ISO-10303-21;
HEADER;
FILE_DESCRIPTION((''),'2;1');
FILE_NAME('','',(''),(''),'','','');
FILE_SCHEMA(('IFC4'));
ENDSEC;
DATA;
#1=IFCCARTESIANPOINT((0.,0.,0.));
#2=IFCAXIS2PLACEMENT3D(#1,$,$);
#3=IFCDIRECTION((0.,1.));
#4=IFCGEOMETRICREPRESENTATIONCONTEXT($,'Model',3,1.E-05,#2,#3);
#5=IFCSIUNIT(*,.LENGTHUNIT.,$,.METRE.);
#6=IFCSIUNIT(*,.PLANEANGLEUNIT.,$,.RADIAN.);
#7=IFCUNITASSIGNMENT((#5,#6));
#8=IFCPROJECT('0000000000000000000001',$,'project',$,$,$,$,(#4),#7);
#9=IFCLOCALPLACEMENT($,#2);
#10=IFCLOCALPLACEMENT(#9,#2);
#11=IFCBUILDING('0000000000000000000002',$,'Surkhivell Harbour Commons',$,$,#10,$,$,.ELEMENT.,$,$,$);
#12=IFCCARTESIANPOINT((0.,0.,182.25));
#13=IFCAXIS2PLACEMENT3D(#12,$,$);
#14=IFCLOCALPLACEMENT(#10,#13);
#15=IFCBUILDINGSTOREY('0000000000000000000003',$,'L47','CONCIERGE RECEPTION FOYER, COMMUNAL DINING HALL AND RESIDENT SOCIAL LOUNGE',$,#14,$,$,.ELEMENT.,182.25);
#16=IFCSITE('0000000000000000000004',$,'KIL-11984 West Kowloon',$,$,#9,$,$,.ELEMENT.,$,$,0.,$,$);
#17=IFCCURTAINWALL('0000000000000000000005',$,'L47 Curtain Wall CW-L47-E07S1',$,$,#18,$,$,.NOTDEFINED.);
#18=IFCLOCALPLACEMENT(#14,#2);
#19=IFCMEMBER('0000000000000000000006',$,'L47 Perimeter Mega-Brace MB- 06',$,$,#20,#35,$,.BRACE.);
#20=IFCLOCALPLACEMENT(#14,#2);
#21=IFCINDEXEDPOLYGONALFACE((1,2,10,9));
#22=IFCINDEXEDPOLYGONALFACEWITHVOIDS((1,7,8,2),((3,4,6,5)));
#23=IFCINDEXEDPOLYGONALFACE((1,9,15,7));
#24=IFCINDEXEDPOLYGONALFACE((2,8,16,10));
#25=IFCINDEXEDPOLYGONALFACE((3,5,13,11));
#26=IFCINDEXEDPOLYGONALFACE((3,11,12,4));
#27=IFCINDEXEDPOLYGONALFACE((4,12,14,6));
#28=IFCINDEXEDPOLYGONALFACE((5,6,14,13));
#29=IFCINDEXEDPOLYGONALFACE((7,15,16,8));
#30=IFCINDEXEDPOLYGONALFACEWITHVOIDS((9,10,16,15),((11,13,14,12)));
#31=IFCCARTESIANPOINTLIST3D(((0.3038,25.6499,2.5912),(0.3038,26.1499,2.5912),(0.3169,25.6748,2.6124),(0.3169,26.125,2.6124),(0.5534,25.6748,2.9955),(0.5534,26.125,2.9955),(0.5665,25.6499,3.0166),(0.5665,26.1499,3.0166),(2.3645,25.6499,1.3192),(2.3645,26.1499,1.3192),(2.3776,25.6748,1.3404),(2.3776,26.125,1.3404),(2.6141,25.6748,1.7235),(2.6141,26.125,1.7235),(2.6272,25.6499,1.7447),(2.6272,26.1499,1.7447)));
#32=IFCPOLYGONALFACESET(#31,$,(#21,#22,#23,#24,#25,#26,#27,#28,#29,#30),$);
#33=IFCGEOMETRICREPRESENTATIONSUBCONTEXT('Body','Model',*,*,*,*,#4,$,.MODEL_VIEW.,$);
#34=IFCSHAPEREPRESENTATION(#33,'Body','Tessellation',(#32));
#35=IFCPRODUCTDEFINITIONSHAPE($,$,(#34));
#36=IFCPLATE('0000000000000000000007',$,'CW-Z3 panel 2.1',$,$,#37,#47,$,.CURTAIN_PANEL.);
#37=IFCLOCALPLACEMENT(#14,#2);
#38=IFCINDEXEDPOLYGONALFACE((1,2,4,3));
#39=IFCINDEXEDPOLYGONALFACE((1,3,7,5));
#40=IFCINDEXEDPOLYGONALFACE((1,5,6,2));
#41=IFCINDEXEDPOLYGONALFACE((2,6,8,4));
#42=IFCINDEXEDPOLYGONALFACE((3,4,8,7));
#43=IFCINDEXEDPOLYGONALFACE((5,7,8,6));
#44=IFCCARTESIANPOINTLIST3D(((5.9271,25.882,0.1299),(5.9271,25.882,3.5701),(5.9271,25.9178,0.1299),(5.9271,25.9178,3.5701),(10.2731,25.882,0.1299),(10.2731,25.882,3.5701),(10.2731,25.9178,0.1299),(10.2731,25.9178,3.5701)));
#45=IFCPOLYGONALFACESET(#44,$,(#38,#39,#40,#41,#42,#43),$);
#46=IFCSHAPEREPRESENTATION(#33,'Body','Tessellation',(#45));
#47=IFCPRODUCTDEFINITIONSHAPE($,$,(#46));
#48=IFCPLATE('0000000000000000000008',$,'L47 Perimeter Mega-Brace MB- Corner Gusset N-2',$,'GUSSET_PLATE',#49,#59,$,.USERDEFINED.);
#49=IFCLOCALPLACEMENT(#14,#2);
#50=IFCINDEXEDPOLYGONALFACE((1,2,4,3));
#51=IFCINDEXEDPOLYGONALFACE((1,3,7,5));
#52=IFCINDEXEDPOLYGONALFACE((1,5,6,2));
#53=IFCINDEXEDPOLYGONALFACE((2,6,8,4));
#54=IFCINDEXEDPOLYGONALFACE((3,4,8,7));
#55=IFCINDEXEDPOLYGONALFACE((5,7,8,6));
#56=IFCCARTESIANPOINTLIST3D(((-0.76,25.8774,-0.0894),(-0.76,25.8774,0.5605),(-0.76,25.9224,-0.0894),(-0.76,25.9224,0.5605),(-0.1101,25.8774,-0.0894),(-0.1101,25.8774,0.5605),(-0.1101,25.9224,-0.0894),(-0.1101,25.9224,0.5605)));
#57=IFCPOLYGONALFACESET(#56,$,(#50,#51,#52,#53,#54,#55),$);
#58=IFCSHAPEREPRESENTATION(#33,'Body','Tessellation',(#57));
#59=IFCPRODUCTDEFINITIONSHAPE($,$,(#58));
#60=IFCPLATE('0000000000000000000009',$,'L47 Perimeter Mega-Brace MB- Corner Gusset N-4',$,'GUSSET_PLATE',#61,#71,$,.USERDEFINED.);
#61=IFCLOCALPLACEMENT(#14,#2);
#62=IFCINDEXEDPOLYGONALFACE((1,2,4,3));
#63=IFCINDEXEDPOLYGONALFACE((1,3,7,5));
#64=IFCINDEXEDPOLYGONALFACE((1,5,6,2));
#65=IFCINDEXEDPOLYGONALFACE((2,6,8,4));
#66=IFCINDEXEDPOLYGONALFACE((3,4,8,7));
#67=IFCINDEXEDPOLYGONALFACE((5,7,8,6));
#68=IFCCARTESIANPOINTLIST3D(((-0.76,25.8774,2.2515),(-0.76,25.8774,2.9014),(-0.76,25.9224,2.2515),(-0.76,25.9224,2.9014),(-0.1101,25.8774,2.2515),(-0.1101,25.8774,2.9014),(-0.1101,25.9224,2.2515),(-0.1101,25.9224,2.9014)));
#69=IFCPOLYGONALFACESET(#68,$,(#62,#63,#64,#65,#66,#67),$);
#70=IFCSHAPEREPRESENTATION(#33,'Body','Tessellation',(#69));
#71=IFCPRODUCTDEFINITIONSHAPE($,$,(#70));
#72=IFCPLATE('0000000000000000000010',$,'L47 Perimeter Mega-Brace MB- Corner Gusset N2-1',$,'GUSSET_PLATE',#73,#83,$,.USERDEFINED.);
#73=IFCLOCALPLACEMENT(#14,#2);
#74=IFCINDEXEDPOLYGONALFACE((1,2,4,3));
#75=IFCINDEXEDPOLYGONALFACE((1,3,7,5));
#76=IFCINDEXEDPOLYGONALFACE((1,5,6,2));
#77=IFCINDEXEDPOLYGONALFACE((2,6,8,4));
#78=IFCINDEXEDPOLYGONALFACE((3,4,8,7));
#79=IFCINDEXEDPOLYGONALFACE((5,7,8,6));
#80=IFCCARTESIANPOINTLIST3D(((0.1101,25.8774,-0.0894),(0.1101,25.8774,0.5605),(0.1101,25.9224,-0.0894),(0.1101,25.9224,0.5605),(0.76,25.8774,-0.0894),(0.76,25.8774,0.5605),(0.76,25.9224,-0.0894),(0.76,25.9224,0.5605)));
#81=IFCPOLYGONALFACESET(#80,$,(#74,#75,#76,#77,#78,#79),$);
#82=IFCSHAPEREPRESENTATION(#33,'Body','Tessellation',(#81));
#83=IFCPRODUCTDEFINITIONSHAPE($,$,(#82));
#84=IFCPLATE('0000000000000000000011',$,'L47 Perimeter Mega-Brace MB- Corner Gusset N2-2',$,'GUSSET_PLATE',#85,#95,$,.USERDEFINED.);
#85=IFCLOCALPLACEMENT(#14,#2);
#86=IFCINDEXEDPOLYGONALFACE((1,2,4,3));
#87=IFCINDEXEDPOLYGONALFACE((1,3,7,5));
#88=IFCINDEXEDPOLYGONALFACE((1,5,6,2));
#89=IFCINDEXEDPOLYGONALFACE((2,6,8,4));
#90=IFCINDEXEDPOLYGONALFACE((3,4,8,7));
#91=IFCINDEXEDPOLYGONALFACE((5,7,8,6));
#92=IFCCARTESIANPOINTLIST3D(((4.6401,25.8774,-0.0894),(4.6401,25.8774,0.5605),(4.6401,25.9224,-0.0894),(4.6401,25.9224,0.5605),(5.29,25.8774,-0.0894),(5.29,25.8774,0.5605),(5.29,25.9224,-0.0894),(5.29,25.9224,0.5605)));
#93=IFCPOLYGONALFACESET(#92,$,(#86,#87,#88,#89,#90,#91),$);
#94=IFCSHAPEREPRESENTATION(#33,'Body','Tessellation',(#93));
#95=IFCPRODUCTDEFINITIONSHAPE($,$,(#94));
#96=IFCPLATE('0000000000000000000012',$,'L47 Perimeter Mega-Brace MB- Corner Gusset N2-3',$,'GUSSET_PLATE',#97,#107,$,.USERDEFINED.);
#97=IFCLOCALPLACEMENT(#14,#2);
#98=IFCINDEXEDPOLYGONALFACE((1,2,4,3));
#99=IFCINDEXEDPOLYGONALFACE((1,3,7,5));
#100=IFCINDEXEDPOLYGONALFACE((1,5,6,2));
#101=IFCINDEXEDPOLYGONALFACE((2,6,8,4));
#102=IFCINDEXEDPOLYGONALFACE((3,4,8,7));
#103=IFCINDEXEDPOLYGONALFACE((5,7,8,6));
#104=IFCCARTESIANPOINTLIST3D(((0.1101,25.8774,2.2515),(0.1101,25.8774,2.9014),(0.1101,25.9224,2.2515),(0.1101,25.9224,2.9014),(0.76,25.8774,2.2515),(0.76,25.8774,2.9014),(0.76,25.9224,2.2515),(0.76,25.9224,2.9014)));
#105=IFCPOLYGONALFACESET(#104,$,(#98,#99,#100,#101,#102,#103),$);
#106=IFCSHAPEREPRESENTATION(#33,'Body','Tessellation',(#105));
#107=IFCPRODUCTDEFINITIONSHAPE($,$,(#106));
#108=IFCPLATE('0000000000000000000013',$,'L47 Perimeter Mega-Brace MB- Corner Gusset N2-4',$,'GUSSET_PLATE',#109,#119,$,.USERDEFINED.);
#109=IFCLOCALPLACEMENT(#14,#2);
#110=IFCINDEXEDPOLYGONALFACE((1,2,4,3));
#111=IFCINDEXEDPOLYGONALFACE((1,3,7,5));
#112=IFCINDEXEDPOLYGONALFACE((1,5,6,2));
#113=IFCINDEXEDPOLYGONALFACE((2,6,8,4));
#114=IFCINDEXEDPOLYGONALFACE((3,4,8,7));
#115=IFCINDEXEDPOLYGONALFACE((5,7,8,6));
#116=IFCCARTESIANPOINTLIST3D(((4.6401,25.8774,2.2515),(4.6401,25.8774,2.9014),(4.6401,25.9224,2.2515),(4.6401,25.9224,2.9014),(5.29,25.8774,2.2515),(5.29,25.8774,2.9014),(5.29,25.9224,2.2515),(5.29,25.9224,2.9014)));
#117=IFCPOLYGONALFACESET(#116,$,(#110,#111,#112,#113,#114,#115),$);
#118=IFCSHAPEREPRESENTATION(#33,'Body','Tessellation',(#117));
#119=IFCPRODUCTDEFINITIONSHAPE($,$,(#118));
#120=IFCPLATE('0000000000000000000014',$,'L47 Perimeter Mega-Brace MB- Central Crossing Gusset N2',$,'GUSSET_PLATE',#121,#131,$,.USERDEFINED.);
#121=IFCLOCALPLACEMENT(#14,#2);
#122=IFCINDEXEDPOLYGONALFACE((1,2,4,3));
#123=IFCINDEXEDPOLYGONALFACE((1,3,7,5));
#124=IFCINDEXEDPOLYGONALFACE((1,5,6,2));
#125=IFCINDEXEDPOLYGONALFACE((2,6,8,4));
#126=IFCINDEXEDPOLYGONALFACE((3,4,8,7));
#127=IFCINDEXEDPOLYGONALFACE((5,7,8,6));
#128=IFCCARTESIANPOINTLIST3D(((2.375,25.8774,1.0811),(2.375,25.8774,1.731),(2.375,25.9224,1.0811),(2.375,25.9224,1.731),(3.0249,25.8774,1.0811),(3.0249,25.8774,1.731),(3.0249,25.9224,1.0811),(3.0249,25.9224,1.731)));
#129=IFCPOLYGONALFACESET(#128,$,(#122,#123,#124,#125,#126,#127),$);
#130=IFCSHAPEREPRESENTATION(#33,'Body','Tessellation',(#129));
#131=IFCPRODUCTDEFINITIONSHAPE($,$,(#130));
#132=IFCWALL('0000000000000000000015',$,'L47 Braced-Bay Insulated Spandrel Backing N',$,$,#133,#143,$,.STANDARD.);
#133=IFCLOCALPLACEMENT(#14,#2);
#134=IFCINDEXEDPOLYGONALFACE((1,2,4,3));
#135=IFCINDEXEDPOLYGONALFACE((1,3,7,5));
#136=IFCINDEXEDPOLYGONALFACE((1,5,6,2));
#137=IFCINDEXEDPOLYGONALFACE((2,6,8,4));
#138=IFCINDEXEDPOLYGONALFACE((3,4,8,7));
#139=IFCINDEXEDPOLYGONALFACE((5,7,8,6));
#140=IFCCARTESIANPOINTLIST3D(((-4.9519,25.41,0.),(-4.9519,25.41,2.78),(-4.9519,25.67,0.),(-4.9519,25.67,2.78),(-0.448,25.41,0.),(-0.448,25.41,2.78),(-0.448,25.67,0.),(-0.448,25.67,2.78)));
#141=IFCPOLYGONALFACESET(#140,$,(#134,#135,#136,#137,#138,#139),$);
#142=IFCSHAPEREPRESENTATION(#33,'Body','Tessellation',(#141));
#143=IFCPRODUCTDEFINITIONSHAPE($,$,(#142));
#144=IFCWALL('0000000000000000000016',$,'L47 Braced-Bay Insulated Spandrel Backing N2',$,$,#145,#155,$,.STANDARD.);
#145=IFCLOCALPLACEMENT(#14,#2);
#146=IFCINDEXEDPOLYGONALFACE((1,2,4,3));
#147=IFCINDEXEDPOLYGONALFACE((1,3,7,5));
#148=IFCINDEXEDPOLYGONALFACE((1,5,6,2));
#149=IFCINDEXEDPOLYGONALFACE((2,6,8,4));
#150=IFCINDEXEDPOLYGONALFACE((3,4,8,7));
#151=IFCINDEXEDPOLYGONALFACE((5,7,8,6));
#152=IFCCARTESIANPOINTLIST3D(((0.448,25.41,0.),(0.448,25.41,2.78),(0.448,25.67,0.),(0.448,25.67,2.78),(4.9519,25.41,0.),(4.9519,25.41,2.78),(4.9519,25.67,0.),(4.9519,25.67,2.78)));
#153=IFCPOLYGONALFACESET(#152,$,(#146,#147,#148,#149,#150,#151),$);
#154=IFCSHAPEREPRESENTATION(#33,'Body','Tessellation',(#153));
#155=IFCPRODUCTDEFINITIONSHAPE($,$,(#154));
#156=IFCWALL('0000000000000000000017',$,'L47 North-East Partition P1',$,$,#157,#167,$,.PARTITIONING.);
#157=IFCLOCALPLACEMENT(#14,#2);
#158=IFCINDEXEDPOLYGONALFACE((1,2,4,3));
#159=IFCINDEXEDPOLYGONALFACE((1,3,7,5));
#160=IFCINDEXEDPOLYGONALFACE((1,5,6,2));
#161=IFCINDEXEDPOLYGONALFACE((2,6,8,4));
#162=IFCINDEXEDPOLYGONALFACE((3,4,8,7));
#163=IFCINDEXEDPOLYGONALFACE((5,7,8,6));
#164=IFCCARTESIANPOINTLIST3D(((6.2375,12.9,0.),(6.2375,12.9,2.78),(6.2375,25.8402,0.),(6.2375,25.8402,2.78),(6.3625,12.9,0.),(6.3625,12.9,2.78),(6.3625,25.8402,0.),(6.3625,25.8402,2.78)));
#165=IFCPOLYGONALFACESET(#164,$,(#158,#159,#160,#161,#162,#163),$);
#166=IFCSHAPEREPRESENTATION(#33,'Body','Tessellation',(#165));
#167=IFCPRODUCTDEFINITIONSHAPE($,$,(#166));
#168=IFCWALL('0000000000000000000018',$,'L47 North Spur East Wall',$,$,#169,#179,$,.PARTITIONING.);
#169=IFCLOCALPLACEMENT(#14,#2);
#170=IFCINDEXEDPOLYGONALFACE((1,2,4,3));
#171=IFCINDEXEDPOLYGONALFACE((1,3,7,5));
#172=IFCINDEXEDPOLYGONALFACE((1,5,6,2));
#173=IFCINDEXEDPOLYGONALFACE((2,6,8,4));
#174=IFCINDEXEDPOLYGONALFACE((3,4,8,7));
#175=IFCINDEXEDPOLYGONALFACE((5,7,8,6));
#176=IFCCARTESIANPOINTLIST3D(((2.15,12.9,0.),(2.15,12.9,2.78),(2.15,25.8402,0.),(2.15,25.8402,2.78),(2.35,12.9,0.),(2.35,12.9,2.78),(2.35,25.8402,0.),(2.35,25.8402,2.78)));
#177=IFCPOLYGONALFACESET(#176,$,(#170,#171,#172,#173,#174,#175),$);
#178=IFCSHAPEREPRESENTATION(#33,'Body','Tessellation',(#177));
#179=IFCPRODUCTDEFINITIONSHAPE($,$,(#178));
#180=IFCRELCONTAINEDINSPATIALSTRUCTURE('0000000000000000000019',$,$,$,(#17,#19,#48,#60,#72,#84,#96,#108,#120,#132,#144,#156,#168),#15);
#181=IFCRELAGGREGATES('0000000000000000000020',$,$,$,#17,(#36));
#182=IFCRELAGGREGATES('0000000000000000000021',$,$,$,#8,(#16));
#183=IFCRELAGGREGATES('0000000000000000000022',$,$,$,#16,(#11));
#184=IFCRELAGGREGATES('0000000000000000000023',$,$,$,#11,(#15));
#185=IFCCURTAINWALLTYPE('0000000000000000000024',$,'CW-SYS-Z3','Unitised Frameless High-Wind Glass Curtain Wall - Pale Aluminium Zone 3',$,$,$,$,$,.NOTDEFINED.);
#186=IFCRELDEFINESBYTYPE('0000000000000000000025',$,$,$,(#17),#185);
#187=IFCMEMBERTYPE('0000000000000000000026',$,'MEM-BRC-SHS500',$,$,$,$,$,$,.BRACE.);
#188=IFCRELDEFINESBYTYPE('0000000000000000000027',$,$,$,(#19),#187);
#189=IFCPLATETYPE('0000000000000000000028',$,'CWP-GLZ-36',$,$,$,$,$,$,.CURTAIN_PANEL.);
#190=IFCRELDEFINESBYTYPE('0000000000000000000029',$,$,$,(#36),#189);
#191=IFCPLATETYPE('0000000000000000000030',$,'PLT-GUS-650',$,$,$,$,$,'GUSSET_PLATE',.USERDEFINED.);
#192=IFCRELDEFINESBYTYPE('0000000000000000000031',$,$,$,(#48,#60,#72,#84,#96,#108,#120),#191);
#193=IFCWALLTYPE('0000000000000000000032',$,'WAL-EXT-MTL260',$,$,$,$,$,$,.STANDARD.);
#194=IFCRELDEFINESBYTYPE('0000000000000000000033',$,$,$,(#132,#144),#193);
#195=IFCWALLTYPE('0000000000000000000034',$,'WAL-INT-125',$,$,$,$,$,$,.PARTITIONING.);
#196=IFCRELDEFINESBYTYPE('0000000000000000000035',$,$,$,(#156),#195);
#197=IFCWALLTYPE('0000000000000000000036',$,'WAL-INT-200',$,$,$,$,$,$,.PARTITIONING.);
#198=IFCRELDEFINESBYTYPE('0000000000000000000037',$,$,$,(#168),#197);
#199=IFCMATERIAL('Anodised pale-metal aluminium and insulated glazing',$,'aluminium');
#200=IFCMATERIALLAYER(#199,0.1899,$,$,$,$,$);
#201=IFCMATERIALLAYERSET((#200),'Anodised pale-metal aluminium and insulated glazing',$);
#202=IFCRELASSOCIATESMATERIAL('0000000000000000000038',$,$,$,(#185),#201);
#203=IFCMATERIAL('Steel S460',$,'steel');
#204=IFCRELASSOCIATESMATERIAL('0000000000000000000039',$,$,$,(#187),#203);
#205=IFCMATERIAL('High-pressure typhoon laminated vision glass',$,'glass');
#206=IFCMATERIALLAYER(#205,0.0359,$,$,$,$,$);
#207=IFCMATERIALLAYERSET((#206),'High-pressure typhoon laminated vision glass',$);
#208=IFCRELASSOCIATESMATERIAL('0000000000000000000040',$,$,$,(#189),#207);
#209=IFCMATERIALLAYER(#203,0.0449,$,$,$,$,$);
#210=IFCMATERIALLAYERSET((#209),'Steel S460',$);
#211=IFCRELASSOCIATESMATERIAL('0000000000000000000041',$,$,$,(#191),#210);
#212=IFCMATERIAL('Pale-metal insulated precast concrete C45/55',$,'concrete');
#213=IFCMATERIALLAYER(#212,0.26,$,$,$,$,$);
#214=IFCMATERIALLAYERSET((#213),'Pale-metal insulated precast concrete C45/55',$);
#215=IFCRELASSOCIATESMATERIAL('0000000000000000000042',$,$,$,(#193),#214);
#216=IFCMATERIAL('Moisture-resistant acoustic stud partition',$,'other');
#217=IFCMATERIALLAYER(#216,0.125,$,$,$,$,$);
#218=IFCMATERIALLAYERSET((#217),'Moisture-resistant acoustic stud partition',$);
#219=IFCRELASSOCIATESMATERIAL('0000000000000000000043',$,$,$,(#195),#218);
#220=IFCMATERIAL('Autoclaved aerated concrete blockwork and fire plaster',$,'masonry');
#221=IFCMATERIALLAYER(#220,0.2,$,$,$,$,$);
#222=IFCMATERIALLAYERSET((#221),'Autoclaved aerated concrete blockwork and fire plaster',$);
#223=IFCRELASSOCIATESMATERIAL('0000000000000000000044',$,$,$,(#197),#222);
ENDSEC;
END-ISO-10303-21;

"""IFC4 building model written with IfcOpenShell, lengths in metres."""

from ifc_helpers import new_model, si_unit, direction, frame, frame_2d, origin, origin_2d, place, context, subcontext, project, spatial, rectangle, hollow_rectangle, extrude, material, layer, layer_set, material_profile, profile_set, type_object, element, aggregate, save


model = new_model("IFC4")

# Units and contexts
model_context = context("Model", 3, precision=1e-05, world=origin(), true_north=direction((0.0, 1.0)))
body_context = subcontext(model_context, "Body", "Model", "MODEL_VIEW")
ifc_project = project(units=[si_unit("LENGTHUNIT", "METRE"), si_unit("PLANEANGLEUNIT", "RADIAN")], contexts=[model_context])

# Site, building, storey
site_placement = place(None, origin())
site = spatial("IfcSite", under=ifc_project, at=site_placement, Name="KIL-11984 West Kowloon", CompositionType="ELEMENT", RefElevation=0.0)
building_placement = place(site_placement, origin())
building = spatial("IfcBuilding", under=site, at=building_placement, Name="Surkhivell Harbour Commons", CompositionType="ELEMENT")
storey_placement = place(building_placement, frame((0.0, 0.0, 182.25)))
storey = spatial("IfcBuildingStorey", under=building, at=storey_placement, Name="L47", Description="CONCIERGE RECEPTION FOYER, COMMUNAL DINING HALL AND RESIDENT SOCIAL LOUNGE", CompositionType="ELEMENT", Elevation=182.25)

# Curtain wall
ifc_material_1 = material(Name="Anodised pale-metal aluminium and insulated glazing", Category="aluminium")
ifc_layer_1 = layer(ifc_material_1, 0.1899)
ifc_layer_set_1 = layer_set([ifc_layer_1], Name="Anodised pale-metal aluminium and insulated glazing")
curtain_wall_type = type_object("IfcCurtainWallType", Name="CW-SYS-Z3", Description="Unitised Frameless High-Wind Glass Curtain Wall - Pale Aluminium Zone 3", PredefinedType="NOTDEFINED", material=ifc_layer_set_1)
curtain_wall_placement = place(storey_placement, origin())
curtain_wall = element("IfcCurtainWall", 1, at=curtain_wall_placement, inside=storey, type_object=curtain_wall_type, Name="L47 Curtain Wall CW-L47-E07S1", PredefinedType="NOTDEFINED")

# Member
ifc_material_2 = material(Name="Steel S460", Category="steel")
ifc_material_profile_1 = material_profile(ifc_material_2, hollow_rectangle(XDim=0.5, YDim=0.5, WallThickness=0.0249, at=origin_2d()), Name="SHS500x500x25")
ifc_profile_set_1 = profile_set([ifc_material_profile_1], Name="Steel S460")
member_type_1 = type_object("IfcMemberType", Name="MEM-BRC-SHS500", PredefinedType="BRACE", material=ifc_profile_set_1)
for number, where, z_axis, x_axis, name in (
    (2, (2.4958, 25.8999, 1.532), (-0.850958, 0.0, 0.525233), (0.0, -1.0, 0.0), "L47 Perimeter Mega-Brace MB- 06"),
):
    element("IfcMember", number, at=place(storey_placement, frame(where, z_axis=z_axis, x_axis=x_axis)), inside=storey, type_object=member_type_1, Name=name, PredefinedType="BRACE", context=body_context, shape_type="SweptSolid", body=[
        extrude(hollow_rectangle(XDim=0.5, YDim=0.5, WallThickness=0.0249, at=origin_2d()), origin(), (0.0, 0.0, 1.0), 2.4216),
    ])

# Plate
ifc_material_3 = material(Name="High-pressure typhoon laminated vision glass", Category="glass")
ifc_layer_2 = layer(ifc_material_3, 0.0359)
ifc_layer_set_2 = layer_set([ifc_layer_2], Name="High-pressure typhoon laminated vision glass")
plate_type_1 = type_object("IfcPlateType", Name="CWP-GLZ-36", PredefinedType="CURTAIN_PANEL", material=ifc_layer_set_2)
plate_placement = place(storey_placement, frame((10.2729, 25.8999, 0.1299), z_axis=(0.0, 0.0, 1.0), x_axis=(-1.0, 0.0, 0.0)))
plate = element("IfcPlate", 3, at=plate_placement, type_object=plate_type_1, Name="CW-Z3 panel 2.1", PredefinedType="CURTAIN_PANEL", context=body_context, shape_type="SweptSolid", body=[
    extrude(rectangle(XDim=4.3459, YDim=0.0359, at=frame_2d((2.1729, 0.0))), origin(), (0.0, 0.0, 1.0), 3.4402),
])
aggregate(curtain_wall, [plate])

# Plates
ifc_layer_3 = layer(ifc_material_2, 0.0449)
ifc_layer_set_3 = layer_set([ifc_layer_3], Name="Steel S460")
plate_type_2 = type_object("IfcPlateType", Name="PLT-GUS-650", ElementType="GUSSET_PLATE", PredefinedType="USERDEFINED", material=ifc_layer_set_3)
for number, where, z_axis, x_axis, name in (
    (4, (-0.4351, 25.8999, -0.0894), (0.0, 0.0, 1.0), (1.0, 0.0, 0.0), "L47 Perimeter Mega-Brace MB- Corner Gusset N-2"),
    (5, (-0.4351, 25.8999, 2.2515), (0.0, 0.0, 1.0), (1.0, 0.0, 0.0), "L47 Perimeter Mega-Brace MB- Corner Gusset N-4"),
    (6, (0.4351, 25.8999, -0.0894), (0.0, 0.0, 1.0), (1.0, 0.0, 0.0), "L47 Perimeter Mega-Brace MB- Corner Gusset N2-1"),
    (7, (4.9651, 25.8999, -0.0894), (0.0, 0.0, 1.0), (1.0, 0.0, 0.0), "L47 Perimeter Mega-Brace MB- Corner Gusset N2-2"),
    (8, (0.4351, 25.8999, 2.2515), (0.0, 0.0, 1.0), (1.0, 0.0, 0.0), "L47 Perimeter Mega-Brace MB- Corner Gusset N2-3"),
    (9, (4.9651, 25.8999, 2.2515), (0.0, 0.0, 1.0), (1.0, 0.0, 0.0), "L47 Perimeter Mega-Brace MB- Corner Gusset N2-4"),
    (10, (2.7, 25.8999, 1.0811), (0.0, 0.0, 1.0), (1.0, 0.0, 0.0), "L47 Perimeter Mega-Brace MB- Central Crossing Gusset N2"),
):
    element("IfcPlate", number, at=place(storey_placement, frame(where, z_axis=z_axis, x_axis=x_axis)), inside=storey, type_object=plate_type_2, Name=name, ObjectType="GUSSET_PLATE", PredefinedType="USERDEFINED", context=body_context, shape_type="SweptSolid", body=[
        extrude(rectangle(XDim=0.6499, YDim=0.0449, at=origin_2d()), origin(), (0.0, 0.0, 1.0), 0.6499),
    ])

# Walls
ifc_material_4 = material(Name="Pale-metal insulated precast concrete C45/55", Category="concrete")
ifc_layer_4 = layer(ifc_material_4, 0.26)
ifc_layer_set_4 = layer_set([ifc_layer_4], Name="Pale-metal insulated precast concrete C45/55")
wall_type_1 = type_object("IfcWallType", Name="WAL-EXT-MTL260", PredefinedType="STANDARD", material=ifc_layer_set_4)
for number, where, z_axis, x_axis, name in (
    (11, (-0.448, 25.54, 0.0), (0.0, 0.0, 1.0), (-1.0, 0.0, 0.0), "L47 Braced-Bay Insulated Spandrel Backing N"),
    (12, (4.9519, 25.54, 0.0), (0.0, 0.0, 1.0), (-1.0, 0.0, 0.0), "L47 Braced-Bay Insulated Spandrel Backing N2"),
):
    element("IfcWall", number, at=place(storey_placement, frame(where, z_axis=z_axis, x_axis=x_axis)), inside=storey, type_object=wall_type_1, Name=name, PredefinedType="STANDARD", context=body_context, shape_type="SweptSolid", body=[
        extrude(rectangle(XDim=4.5039, YDim=0.26, at=frame_2d((2.252, 0.0))), origin(), (0.0, 0.0, 1.0), 2.78),
    ])
ifc_material_5 = material(Name="Moisture-resistant acoustic stud partition", Category="other")
ifc_layer_5 = layer(ifc_material_5, 0.125)
ifc_layer_set_5 = layer_set([ifc_layer_5], Name="Moisture-resistant acoustic stud partition")
wall_type_2 = type_object("IfcWallType", Name="WAL-INT-125", PredefinedType="PARTITIONING", material=ifc_layer_set_5)
wall_1_placement = place(storey_placement, frame((6.3, 12.8999, 0.0), z_axis=(0.0, 0.0, 1.0), x_axis=(0.0, 1.0, 0.0)))
element("IfcWall", 13, at=wall_1_placement, inside=storey, type_object=wall_type_2, Name="L47 North-East Partition P1", PredefinedType="PARTITIONING", context=body_context, shape_type="SweptSolid", body=[
    extrude(rectangle(XDim=12.9402, YDim=0.125, at=frame_2d((6.4702, 0.0))), origin(), (0.0, 0.0, 1.0), 2.78),
])
ifc_material_6 = material(Name="Autoclaved aerated concrete blockwork and fire plaster", Category="masonry")
ifc_layer_6 = layer(ifc_material_6, 0.2)
ifc_layer_set_6 = layer_set([ifc_layer_6], Name="Autoclaved aerated concrete blockwork and fire plaster")
wall_type_3 = type_object("IfcWallType", Name="WAL-INT-200", PredefinedType="PARTITIONING", material=ifc_layer_set_6)
wall_2_placement = place(storey_placement, frame((2.25, 12.8999, 0.0), z_axis=(0.0, 0.0, 1.0), x_axis=(0.0, 1.0, 0.0)))
element("IfcWall", 14, at=wall_2_placement, inside=storey, type_object=wall_type_3, Name="L47 North Spur East Wall", PredefinedType="PARTITIONING", context=body_context, shape_type="SweptSolid", body=[
    extrude(rectangle(XDim=12.9402, YDim=0.2, at=frame_2d((6.4702, 0.0))), origin(), (0.0, 0.0, 1.0), 2.78),
])

save(model, "model.ifc")
